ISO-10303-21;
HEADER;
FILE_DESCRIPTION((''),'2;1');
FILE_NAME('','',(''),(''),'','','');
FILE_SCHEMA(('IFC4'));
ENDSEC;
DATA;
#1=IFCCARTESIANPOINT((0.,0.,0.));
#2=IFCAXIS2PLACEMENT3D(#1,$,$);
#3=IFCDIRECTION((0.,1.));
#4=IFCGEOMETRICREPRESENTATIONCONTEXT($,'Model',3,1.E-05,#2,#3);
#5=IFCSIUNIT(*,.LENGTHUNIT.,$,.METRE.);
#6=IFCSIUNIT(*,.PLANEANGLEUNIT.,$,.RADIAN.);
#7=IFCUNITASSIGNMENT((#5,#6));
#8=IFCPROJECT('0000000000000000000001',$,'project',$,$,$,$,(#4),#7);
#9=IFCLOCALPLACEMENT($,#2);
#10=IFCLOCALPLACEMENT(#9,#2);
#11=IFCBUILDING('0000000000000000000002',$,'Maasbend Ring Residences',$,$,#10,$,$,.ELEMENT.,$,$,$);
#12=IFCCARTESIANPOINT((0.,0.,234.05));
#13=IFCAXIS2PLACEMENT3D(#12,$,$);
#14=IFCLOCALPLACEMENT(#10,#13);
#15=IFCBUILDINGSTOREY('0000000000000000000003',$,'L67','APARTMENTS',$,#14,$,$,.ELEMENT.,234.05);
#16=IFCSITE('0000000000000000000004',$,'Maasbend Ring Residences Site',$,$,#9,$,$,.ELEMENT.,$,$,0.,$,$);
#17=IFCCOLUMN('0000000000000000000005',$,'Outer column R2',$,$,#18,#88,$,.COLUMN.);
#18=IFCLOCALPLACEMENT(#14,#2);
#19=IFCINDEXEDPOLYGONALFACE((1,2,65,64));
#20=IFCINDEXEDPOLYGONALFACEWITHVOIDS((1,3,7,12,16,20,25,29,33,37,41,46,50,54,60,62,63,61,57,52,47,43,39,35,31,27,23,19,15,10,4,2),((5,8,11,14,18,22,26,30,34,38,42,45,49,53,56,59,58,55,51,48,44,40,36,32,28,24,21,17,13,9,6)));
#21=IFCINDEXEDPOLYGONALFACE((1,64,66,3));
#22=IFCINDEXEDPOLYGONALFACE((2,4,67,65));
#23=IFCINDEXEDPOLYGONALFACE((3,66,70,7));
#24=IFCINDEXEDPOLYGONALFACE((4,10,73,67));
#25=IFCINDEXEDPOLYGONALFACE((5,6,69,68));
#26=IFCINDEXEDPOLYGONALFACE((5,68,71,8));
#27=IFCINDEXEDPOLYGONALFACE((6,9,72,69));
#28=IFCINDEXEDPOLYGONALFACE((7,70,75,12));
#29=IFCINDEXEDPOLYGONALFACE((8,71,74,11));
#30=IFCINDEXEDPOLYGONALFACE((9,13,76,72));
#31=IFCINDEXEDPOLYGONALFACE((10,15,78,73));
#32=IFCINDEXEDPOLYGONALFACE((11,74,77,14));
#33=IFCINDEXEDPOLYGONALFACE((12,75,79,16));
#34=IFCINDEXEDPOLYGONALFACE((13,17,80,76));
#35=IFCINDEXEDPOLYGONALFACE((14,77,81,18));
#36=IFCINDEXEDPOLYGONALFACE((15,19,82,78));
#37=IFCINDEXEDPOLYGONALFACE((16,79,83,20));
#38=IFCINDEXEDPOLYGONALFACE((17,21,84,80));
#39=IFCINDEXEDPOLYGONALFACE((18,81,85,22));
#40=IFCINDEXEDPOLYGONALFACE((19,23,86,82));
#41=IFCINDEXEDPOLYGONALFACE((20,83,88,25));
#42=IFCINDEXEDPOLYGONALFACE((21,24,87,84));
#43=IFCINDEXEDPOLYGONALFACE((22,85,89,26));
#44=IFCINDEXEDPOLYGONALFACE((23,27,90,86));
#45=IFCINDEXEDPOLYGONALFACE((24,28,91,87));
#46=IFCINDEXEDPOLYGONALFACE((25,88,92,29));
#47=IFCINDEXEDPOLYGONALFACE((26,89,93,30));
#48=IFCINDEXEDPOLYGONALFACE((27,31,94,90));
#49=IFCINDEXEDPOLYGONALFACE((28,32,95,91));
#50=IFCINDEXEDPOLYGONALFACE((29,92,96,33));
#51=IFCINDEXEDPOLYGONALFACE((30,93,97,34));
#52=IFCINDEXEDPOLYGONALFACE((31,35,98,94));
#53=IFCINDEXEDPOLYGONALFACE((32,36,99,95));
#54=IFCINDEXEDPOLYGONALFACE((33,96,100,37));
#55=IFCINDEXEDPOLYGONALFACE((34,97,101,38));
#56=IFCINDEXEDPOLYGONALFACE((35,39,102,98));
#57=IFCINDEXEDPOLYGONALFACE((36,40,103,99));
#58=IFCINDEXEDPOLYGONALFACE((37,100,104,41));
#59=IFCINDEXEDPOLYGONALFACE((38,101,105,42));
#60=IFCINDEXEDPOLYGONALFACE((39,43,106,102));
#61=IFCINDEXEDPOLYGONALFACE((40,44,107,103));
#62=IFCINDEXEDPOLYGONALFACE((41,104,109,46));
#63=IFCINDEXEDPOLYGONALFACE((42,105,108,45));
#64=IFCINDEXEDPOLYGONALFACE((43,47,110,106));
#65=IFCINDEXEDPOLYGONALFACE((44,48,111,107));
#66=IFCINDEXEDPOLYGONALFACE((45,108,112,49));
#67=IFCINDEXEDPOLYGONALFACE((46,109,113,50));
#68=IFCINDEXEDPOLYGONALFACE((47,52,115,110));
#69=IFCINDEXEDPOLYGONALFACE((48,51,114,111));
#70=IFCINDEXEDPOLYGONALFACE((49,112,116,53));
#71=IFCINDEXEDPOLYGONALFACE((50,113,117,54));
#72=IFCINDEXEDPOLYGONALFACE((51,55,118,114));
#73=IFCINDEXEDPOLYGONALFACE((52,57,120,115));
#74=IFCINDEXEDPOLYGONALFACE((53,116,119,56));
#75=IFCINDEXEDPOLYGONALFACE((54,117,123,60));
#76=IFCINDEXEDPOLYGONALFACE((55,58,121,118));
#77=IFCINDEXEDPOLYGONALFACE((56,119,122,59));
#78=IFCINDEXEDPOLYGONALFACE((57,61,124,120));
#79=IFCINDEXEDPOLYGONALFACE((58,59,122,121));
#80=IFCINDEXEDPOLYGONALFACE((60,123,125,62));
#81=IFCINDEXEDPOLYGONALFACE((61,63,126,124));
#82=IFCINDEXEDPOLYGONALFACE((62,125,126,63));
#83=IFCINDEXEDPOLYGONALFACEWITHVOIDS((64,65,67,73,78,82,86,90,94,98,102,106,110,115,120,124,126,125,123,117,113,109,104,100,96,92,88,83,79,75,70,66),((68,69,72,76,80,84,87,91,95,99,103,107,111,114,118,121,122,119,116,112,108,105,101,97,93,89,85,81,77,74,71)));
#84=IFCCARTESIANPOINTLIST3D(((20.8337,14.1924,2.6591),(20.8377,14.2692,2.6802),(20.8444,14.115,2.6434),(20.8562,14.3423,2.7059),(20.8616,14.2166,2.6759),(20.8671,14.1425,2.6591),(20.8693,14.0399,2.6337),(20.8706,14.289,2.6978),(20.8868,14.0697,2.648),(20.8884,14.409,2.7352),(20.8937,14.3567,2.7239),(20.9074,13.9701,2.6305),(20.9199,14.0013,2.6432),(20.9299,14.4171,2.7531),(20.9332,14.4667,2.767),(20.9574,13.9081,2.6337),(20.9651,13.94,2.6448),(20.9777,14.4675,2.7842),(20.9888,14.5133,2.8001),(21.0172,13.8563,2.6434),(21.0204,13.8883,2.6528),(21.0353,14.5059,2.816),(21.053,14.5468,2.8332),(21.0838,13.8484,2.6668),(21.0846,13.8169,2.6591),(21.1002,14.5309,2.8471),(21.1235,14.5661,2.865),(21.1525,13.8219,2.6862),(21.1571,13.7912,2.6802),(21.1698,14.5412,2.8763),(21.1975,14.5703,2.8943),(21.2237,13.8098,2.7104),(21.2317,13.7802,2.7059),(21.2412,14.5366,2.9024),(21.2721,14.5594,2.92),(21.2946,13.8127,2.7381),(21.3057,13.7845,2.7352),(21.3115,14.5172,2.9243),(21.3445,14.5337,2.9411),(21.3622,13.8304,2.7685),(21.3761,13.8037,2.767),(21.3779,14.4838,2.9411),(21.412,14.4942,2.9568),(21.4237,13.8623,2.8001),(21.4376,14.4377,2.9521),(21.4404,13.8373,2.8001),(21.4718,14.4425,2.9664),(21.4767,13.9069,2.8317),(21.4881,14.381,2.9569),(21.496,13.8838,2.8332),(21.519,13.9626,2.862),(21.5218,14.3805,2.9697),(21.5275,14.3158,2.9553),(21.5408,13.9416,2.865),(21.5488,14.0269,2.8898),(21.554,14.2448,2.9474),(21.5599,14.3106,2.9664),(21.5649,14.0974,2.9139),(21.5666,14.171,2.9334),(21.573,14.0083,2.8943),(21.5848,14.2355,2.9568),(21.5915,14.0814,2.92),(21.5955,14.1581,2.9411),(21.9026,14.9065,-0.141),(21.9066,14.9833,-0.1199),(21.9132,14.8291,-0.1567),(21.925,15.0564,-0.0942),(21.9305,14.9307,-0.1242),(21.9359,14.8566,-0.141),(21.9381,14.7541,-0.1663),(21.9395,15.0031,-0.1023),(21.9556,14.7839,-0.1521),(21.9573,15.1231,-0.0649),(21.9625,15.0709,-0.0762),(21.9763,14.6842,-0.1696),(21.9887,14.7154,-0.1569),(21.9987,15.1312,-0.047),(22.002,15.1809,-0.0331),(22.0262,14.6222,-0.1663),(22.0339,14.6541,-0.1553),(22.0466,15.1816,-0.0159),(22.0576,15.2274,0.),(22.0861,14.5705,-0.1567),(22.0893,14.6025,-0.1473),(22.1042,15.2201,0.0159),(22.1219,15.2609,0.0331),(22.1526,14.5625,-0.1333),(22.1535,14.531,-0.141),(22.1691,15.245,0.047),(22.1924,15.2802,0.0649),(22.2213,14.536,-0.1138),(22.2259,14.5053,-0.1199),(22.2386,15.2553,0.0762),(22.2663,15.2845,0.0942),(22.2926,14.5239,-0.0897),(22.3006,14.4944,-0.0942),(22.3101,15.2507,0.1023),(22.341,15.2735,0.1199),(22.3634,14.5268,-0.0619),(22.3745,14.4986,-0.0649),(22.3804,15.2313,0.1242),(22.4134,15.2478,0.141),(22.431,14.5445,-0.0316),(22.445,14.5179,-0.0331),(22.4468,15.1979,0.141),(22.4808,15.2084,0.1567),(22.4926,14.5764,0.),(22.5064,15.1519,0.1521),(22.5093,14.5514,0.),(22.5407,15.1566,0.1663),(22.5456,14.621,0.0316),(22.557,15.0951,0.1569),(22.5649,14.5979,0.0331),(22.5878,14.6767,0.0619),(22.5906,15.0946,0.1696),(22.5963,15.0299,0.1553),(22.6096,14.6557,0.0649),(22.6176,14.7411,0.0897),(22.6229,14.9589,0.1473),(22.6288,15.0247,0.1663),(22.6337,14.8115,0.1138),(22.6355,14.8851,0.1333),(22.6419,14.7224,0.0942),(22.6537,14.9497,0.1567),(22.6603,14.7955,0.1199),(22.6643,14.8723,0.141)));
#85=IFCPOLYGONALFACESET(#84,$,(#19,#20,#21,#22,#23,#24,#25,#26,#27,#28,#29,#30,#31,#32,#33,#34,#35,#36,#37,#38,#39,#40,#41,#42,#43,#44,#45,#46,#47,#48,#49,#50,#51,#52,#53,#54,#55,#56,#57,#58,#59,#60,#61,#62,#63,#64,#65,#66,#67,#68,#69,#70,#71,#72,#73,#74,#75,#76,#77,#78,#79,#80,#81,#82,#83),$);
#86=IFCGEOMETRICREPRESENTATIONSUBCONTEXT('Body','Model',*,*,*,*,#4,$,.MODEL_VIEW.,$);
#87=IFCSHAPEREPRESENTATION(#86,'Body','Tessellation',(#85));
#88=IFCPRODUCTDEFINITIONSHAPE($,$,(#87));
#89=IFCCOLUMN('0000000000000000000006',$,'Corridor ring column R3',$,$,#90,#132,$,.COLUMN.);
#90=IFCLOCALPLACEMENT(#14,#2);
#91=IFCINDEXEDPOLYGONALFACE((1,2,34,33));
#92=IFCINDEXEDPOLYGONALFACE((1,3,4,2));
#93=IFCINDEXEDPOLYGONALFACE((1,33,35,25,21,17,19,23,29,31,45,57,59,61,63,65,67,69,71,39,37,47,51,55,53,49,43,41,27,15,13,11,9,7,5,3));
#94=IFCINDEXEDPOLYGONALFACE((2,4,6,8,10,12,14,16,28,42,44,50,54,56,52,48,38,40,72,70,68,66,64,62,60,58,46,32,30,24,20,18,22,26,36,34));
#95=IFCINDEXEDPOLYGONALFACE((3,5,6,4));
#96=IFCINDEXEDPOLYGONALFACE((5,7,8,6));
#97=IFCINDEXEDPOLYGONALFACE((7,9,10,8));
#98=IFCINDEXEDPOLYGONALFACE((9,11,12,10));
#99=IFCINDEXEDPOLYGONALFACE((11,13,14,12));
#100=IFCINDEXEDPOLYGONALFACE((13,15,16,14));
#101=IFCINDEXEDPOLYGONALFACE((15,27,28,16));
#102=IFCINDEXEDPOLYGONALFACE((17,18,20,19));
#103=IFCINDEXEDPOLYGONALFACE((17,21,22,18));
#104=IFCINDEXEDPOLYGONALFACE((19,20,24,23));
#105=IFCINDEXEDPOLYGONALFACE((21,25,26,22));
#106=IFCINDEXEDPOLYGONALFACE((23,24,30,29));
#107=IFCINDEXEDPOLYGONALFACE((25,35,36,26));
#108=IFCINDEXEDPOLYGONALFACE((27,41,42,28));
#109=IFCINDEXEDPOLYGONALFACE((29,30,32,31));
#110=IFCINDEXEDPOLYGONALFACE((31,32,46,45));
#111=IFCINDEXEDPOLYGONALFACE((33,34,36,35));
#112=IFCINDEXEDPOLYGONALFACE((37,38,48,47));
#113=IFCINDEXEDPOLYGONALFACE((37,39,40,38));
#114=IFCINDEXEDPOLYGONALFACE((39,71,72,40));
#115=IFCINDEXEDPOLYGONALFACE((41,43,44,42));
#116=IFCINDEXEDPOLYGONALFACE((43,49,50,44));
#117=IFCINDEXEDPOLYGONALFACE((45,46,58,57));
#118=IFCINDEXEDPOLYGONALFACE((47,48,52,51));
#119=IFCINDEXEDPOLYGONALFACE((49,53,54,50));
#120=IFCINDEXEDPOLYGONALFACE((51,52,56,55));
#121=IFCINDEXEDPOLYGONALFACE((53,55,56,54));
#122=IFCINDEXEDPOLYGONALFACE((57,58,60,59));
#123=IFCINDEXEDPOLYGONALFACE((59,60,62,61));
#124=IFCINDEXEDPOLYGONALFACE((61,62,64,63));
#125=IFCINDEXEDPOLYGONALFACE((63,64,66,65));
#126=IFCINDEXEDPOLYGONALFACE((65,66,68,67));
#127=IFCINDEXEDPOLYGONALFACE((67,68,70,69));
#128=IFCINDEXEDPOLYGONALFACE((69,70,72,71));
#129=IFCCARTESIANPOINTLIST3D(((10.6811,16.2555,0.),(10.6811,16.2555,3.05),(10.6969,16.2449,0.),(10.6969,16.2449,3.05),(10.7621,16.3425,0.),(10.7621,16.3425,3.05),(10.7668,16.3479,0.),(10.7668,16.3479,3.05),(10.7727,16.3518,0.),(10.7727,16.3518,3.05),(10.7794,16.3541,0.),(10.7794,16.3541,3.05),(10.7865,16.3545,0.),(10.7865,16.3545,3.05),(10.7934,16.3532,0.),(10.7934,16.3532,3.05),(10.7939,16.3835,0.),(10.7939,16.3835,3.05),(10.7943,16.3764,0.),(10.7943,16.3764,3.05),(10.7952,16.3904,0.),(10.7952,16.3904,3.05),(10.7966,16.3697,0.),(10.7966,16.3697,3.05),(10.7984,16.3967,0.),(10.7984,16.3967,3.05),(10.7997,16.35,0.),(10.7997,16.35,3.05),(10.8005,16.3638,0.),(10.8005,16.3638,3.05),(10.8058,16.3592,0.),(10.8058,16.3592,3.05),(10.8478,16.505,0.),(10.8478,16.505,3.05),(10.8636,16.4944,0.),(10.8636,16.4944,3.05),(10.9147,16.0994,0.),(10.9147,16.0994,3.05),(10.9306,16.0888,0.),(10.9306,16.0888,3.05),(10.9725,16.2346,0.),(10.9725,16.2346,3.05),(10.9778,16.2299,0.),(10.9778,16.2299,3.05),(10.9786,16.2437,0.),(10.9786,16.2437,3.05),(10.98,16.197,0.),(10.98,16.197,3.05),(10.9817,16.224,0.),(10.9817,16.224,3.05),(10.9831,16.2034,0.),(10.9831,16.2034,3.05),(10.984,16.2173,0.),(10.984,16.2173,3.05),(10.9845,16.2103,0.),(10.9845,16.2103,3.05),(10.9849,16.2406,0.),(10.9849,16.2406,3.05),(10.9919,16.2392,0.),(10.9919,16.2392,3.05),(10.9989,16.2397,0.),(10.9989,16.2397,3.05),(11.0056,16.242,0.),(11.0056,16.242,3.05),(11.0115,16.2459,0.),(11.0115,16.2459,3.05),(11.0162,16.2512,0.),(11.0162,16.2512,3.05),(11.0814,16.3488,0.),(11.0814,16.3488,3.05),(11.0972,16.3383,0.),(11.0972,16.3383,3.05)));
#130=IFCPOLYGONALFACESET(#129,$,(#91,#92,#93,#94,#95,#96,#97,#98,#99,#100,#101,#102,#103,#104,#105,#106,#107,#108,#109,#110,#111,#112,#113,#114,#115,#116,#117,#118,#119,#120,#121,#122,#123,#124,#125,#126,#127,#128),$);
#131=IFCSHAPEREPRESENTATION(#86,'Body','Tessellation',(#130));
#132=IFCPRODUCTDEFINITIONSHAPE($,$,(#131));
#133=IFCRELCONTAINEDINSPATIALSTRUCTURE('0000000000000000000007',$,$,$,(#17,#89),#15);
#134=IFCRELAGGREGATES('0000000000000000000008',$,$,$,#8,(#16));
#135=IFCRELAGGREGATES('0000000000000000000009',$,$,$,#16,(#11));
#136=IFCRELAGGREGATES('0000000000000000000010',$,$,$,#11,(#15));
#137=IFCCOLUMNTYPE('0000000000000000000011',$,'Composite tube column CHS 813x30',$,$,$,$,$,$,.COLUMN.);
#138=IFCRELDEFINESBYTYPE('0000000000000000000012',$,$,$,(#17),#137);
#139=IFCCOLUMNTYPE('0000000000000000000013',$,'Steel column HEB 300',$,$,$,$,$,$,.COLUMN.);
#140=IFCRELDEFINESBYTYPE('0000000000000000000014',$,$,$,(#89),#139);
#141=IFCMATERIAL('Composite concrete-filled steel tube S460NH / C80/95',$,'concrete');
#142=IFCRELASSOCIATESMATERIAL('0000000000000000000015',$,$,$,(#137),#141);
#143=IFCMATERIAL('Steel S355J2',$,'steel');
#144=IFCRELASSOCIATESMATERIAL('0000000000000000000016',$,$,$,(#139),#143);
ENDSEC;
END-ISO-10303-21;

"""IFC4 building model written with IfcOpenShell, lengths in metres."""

from ifc_helpers import new_model, si_unit, direction, frame, origin, origin_2d, place, context, subcontext, project, spatial, hollow_circle, i_section, extrude, material, material_profile, profile_set, type_object, element, save


model = new_model("IFC4")

# Units and contexts
model_context = context("Model", 3, precision=1e-05, world=origin(), true_north=direction((0.0, 1.0)))
body_context = subcontext(model_context, "Body", "Model", "MODEL_VIEW")
ifc_project = project(units=[si_unit("LENGTHUNIT", "METRE"), si_unit("PLANEANGLEUNIT", "RADIAN")], contexts=[model_context])

# Site, building, storey
site_placement = place(None, origin())
site = spatial("IfcSite", under=ifc_project, at=site_placement, Name="Maasbend Ring Residences Site", CompositionType="ELEMENT", RefElevation=0.0)
building_placement = place(site_placement, origin())
building = spatial("IfcBuilding", under=site, at=building_placement, Name="Maasbend Ring Residences", CompositionType="ELEMENT")
storey_placement = place(building_placement, frame((0.0, 0.0, 234.05)))
storey = spatial("IfcBuildingStorey", under=building, at=storey_placement, Name="L67", Description="APARTMENTS", CompositionType="ELEMENT", Elevation=234.05)

# Columns
ifc_material_1 = material(Name="Composite concrete-filled steel tube S460NH / C80/95", Category="concrete")
ifc_material_profile_1 = material_profile(ifc_material_1, hollow_circle(Radius=0.4065, WallThickness=0.03, at=origin_2d()), Name="Composite tube column CHS 813x30")
ifc_profile_set_1 = profile_set([ifc_material_profile_1], Name="Composite concrete-filled steel tube S460NH / C80/95")
column_type_1 = type_object("IfcColumnType", Name="Composite tube column CHS 813x30", PredefinedType="COLUMN", material=ifc_profile_set_1)
column_1_placement = place(storey_placement, frame((22.2834, 14.8894, 0.0), z_axis=(-0.346914, -0.231778, 0.908807), x_axis=(0.555533, -0.831495, 0.0)))
element("IfcColumn", 1, at=column_1_placement, inside=storey, type_object=column_type_1, Name="Outer column R2", PredefinedType="COLUMN", context=body_context, shape_type="SweptSolid", body=[
    extrude(hollow_circle(Radius=0.4065, WallThickness=0.03, at=origin_2d()), origin(), (0.0, 0.0, 1.0), 3.0811),
])
ifc_material_2 = material(Name="Steel S355J2", Category="steel")
ifc_material_profile_2 = material_profile(ifc_material_2, i_section(OverallWidth=0.3, OverallDepth=0.3, WebThickness=0.011, FlangeThickness=0.019, FilletRadius=0.0271, at=origin_2d()), Name="HEB 300")
ifc_profile_set_2 = profile_set([ifc_material_profile_2], Name="Steel S355J2")
column_type_2 = type_object("IfcColumnType", Name="Steel column HEB 300", PredefinedType="COLUMN", material=ifc_profile_set_2)
column_2_placement = place(storey_placement, frame((10.8892, 16.2969, 0.0), z_axis=(0.0, 0.0, 1.0), x_axis=(0.55557, 0.83147, 0.0)))
element("IfcColumn", 2, at=column_2_placement, inside=storey, type_object=column_type_2, Name="Corridor ring column R3", PredefinedType="COLUMN", context=body_context, shape_type="SweptSolid", body=[
    extrude(i_section(OverallWidth=0.3, OverallDepth=0.3, WebThickness=0.011, FlangeThickness=0.019, FilletRadius=0.0271, at=origin_2d()), origin(), (0.0, 0.0, 1.0), 3.05),
])

save(model, "model.ifc")
